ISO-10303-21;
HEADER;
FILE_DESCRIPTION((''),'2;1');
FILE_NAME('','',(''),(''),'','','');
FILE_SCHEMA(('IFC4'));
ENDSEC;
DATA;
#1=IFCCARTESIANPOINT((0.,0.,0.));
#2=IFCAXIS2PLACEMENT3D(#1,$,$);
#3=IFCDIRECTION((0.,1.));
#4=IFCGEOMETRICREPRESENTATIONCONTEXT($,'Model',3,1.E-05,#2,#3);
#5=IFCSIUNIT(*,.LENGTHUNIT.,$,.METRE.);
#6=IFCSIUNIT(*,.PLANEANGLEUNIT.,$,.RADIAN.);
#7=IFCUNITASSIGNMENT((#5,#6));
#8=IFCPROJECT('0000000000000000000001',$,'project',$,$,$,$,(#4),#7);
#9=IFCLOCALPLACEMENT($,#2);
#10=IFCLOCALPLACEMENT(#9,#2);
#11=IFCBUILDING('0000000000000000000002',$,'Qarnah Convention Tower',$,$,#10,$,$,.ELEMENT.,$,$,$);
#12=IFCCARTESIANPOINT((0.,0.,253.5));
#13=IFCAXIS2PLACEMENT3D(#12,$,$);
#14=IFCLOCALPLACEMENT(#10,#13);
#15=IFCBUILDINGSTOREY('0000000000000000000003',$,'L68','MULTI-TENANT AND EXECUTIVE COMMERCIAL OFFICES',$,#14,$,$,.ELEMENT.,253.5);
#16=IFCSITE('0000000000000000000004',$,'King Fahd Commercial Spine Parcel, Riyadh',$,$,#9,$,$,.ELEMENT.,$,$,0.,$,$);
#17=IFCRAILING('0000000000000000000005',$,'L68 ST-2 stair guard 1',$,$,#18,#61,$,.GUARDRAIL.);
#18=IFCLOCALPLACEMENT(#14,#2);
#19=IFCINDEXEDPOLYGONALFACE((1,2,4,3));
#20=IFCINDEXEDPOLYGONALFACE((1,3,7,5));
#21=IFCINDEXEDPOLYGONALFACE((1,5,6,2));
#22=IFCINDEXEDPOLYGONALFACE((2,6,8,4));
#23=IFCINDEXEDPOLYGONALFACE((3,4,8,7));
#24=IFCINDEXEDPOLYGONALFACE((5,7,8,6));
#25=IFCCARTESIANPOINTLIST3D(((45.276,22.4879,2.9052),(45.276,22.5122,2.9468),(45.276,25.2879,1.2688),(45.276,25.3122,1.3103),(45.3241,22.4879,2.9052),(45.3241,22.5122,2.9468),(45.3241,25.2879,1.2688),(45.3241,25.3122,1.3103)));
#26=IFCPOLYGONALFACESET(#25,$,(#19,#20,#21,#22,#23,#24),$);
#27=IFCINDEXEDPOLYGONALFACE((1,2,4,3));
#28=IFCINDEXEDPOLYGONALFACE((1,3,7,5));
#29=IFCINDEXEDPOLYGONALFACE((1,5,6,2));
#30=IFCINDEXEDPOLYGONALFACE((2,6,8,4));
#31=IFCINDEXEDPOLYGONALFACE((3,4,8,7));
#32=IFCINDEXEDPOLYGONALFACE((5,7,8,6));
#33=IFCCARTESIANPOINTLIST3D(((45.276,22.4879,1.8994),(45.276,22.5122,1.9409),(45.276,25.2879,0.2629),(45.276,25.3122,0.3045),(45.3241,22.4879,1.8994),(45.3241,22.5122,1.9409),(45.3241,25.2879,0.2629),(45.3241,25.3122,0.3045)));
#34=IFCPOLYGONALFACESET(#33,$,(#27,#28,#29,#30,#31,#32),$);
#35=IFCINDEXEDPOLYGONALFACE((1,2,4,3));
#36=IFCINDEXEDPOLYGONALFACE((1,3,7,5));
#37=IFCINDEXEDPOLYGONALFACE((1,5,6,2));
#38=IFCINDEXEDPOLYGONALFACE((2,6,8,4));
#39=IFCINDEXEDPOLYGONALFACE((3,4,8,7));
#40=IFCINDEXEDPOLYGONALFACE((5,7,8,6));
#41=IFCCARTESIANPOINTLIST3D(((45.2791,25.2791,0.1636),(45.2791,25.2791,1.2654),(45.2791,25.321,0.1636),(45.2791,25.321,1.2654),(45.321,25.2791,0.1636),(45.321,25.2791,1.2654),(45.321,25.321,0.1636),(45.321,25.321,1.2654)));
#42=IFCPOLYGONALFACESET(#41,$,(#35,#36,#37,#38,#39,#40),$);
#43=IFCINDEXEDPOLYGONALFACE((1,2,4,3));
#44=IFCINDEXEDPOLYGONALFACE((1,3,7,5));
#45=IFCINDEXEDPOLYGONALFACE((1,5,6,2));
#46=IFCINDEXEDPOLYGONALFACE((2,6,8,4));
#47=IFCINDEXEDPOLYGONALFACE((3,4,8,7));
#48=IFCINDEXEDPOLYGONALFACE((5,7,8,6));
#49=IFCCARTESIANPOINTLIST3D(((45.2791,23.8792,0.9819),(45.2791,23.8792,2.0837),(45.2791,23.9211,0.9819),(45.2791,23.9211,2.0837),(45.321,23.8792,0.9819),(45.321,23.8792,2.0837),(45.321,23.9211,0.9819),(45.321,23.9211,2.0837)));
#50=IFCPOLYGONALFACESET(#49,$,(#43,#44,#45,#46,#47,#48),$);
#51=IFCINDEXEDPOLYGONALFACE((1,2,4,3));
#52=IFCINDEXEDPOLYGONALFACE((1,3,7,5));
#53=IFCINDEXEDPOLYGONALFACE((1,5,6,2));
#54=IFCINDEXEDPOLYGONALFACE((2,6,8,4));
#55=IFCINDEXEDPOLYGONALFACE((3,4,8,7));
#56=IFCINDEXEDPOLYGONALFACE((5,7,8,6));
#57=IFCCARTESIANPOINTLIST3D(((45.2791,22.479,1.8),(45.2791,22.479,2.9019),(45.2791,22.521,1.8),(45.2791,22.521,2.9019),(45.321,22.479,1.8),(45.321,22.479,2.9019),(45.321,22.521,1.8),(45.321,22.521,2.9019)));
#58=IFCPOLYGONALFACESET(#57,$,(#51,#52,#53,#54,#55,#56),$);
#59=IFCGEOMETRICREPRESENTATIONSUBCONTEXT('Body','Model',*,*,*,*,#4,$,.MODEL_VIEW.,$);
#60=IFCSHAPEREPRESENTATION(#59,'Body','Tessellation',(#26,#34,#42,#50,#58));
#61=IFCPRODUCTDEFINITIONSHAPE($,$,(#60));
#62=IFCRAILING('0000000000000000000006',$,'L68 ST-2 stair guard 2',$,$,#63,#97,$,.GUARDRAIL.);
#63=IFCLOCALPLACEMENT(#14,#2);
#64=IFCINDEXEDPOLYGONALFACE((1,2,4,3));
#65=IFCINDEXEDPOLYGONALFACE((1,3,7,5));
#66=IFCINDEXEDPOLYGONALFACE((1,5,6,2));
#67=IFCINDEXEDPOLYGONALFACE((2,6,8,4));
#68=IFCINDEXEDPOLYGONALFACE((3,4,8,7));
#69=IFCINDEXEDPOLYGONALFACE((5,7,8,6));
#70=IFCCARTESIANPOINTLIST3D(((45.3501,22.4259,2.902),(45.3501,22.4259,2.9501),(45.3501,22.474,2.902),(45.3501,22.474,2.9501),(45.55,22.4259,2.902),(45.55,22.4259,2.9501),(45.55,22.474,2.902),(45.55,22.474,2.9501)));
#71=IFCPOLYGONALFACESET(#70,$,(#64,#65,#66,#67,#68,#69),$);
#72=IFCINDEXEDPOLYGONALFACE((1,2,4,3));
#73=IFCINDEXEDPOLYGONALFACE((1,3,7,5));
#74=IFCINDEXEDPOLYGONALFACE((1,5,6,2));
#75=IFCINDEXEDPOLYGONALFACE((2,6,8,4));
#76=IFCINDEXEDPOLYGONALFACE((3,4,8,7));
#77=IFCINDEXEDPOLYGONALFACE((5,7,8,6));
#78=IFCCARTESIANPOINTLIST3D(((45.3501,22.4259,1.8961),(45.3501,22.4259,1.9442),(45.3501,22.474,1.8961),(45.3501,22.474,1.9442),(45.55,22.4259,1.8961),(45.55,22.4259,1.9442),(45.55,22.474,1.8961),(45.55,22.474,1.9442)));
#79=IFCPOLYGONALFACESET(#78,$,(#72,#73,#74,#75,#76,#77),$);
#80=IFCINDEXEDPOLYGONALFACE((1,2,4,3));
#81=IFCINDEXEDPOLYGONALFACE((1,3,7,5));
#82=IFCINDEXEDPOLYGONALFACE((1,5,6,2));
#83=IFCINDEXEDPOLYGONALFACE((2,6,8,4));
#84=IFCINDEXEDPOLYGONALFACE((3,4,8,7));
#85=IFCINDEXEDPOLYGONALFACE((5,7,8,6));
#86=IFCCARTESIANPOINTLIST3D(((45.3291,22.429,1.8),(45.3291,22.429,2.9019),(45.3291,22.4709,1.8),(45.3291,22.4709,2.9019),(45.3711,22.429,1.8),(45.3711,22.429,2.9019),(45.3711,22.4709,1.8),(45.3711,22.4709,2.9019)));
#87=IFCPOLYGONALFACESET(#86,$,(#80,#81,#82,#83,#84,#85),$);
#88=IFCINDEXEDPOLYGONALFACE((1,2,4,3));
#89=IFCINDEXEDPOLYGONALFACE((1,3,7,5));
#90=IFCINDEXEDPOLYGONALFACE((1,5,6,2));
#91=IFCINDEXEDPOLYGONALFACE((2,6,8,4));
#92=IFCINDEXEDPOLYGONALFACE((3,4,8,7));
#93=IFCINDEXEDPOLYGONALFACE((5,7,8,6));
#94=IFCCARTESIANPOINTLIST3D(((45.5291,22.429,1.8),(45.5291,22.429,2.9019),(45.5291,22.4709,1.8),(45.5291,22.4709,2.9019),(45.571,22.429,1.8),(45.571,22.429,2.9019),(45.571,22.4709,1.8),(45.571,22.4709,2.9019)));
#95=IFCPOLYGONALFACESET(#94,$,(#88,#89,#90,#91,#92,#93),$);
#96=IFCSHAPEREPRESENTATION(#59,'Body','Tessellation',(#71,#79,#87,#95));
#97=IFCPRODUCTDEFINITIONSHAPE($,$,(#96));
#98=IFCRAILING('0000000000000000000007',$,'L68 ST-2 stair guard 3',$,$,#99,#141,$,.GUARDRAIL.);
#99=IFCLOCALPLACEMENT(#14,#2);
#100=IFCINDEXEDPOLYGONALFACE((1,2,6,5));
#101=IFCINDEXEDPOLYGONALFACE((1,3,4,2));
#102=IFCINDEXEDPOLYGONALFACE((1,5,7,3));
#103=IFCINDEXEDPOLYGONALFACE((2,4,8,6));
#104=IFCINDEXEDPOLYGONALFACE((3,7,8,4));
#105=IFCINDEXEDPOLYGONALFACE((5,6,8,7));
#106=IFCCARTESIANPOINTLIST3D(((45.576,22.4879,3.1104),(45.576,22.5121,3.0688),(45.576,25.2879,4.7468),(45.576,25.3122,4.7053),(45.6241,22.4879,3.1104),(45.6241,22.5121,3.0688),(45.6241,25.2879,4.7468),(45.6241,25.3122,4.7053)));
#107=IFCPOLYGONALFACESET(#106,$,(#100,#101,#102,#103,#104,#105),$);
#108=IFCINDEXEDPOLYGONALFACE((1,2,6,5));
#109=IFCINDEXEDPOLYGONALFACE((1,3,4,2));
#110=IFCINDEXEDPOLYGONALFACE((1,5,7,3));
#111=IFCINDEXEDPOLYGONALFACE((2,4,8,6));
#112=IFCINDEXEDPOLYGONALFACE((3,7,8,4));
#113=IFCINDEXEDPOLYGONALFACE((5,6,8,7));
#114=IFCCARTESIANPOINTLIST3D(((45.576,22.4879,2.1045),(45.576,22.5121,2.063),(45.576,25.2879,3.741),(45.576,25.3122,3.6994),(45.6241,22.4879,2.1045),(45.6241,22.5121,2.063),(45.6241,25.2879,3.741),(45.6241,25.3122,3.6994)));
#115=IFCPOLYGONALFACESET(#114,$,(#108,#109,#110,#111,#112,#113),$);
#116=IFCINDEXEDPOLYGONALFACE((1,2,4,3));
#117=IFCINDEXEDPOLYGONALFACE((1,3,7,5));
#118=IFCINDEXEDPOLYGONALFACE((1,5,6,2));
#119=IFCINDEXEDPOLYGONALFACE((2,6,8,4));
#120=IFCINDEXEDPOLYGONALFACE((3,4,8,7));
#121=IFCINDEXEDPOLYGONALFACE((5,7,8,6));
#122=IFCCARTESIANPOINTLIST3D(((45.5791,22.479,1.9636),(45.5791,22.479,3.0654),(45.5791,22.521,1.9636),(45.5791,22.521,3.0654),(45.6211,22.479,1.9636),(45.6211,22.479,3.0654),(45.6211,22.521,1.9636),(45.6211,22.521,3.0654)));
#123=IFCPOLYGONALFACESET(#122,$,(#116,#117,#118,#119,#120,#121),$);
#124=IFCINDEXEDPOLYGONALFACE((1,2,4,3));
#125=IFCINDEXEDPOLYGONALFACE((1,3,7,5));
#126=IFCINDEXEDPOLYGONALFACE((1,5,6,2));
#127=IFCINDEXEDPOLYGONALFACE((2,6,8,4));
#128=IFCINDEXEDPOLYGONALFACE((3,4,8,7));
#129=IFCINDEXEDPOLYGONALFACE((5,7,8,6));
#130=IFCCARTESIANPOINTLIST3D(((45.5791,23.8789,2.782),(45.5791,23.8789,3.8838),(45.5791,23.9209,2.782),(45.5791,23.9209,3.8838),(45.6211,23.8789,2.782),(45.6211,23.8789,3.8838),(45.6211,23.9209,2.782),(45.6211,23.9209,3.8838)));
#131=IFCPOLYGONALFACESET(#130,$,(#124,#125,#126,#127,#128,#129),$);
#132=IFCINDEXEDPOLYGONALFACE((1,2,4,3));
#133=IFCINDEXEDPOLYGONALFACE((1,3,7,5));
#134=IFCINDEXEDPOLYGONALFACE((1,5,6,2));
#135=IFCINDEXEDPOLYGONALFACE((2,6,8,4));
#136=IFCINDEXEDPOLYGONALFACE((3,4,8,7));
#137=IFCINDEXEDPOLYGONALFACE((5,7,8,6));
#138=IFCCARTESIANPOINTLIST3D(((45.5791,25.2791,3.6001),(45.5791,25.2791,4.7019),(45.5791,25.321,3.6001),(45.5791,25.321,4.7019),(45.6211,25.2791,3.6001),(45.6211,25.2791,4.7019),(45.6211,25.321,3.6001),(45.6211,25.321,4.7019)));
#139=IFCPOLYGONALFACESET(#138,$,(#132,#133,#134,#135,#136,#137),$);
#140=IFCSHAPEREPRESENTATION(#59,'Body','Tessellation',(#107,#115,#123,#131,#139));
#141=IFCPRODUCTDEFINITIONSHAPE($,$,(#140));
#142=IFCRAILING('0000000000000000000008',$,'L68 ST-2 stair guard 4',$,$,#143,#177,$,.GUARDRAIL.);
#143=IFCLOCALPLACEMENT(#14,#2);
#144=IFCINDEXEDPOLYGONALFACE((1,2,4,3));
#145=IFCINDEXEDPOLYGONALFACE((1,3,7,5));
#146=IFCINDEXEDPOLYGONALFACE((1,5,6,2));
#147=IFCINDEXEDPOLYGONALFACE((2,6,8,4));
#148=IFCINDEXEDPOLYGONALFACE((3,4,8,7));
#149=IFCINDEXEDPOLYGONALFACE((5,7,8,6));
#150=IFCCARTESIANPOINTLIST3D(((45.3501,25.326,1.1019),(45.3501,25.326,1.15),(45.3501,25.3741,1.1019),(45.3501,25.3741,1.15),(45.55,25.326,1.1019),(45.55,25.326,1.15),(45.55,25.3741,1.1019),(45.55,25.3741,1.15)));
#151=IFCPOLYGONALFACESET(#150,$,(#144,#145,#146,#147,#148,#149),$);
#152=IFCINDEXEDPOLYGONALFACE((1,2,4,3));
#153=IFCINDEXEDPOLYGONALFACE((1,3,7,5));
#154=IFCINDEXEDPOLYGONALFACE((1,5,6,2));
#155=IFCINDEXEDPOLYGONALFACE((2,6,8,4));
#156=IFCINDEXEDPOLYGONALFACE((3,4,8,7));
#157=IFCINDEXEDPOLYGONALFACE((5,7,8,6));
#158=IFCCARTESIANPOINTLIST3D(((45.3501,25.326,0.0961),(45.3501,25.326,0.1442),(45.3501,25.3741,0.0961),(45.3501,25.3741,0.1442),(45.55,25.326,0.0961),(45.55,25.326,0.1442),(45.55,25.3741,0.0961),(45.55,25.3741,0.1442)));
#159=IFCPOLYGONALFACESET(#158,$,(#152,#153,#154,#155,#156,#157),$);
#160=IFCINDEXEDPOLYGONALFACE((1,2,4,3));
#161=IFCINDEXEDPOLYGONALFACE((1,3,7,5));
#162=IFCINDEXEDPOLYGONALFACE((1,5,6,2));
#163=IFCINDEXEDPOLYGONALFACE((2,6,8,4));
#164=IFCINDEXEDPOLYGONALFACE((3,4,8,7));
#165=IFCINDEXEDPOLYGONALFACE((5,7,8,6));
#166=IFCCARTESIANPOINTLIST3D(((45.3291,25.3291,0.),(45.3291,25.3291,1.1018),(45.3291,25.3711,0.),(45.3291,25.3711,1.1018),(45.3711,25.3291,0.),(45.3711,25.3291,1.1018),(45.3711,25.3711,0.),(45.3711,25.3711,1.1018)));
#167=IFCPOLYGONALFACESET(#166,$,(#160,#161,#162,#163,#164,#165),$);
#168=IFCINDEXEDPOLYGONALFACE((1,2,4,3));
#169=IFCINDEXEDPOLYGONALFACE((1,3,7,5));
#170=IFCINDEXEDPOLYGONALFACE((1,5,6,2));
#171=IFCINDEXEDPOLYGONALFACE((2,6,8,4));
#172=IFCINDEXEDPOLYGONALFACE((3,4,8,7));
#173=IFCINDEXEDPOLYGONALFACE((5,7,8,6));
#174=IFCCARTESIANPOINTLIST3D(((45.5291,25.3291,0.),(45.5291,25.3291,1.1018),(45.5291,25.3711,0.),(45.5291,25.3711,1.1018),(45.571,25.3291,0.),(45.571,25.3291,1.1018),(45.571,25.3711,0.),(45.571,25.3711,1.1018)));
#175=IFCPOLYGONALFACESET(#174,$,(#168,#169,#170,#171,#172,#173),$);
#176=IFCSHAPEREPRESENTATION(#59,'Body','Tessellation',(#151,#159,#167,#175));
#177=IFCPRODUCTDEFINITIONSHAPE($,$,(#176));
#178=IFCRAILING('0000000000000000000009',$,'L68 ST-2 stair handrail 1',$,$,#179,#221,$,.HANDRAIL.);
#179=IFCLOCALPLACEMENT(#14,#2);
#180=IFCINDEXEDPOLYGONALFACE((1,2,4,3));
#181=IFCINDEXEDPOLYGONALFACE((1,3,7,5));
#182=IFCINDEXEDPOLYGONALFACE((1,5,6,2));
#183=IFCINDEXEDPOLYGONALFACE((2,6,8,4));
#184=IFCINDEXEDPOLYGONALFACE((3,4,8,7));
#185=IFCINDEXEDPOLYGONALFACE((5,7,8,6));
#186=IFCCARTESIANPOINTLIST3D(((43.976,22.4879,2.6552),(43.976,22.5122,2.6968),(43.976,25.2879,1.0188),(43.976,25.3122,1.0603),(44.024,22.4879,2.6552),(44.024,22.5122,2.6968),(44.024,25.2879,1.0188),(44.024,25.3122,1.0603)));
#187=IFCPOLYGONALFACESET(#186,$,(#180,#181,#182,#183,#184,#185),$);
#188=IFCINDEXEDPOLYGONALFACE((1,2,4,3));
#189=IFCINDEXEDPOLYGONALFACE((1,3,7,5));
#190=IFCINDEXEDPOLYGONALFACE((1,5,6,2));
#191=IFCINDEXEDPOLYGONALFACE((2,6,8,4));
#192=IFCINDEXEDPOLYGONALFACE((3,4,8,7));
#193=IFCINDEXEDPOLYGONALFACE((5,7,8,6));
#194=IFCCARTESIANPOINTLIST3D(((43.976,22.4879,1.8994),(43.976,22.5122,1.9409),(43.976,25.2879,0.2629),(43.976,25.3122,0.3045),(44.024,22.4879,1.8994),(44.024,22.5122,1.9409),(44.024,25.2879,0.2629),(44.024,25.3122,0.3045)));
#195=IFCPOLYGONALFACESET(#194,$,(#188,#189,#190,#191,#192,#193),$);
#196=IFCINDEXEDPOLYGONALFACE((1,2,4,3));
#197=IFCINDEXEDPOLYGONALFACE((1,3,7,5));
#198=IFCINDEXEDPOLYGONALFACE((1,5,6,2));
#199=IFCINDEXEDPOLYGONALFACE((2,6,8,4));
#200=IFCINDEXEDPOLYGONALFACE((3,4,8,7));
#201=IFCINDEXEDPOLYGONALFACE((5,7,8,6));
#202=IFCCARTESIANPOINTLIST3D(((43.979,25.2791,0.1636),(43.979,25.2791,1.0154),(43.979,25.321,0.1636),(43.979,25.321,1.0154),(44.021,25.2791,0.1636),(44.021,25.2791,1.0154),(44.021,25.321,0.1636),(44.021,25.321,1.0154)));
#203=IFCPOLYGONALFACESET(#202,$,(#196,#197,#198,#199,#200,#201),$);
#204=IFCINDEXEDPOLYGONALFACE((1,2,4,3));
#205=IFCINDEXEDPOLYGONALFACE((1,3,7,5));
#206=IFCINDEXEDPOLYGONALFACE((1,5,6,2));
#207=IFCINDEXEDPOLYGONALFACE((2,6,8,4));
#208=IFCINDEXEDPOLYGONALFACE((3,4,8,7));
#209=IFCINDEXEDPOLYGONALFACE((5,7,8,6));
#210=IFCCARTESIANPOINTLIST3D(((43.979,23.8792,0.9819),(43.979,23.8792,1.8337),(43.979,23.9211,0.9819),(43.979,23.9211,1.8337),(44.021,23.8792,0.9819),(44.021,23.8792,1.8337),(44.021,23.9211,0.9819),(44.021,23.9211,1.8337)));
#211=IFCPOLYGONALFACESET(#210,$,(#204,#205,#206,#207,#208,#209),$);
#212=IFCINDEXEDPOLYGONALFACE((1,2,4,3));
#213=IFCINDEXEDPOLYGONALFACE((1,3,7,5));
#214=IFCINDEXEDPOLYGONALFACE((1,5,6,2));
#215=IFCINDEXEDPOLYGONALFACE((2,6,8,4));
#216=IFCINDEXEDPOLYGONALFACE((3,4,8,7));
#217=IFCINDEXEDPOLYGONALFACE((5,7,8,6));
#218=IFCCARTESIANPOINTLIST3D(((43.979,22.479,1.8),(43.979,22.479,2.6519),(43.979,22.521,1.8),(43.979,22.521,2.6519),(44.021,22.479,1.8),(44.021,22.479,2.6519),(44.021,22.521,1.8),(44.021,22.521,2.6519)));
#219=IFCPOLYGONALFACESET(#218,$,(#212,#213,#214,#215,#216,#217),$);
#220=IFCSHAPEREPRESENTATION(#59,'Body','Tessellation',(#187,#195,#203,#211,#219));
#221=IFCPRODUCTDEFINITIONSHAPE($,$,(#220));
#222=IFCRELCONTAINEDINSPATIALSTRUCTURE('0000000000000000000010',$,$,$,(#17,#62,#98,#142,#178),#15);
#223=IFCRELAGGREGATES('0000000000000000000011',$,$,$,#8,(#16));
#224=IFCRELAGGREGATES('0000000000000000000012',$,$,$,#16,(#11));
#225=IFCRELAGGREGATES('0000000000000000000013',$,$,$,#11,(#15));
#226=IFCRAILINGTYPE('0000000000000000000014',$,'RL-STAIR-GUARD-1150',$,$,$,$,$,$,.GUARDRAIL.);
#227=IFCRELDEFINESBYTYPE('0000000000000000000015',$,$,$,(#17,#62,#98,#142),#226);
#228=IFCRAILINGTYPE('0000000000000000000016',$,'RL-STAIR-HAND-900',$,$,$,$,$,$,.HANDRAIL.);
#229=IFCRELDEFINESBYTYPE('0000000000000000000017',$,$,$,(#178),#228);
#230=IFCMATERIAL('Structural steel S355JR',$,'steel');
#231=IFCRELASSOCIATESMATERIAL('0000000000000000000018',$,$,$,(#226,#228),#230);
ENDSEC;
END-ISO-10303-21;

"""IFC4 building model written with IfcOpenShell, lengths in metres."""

from ifc_helpers import new_model, si_unit, direction, frame, origin, origin_2d, place, context, subcontext, project, spatial, rectangle, extrude, material, type_object, element, save


model = new_model("IFC4")

# Units and contexts
model_context = context("Model", 3, precision=1e-05, world=origin(), true_north=direction((0.0, 1.0)))
body_context = subcontext(model_context, "Body", "Model", "MODEL_VIEW")
ifc_project = project(units=[si_unit("LENGTHUNIT", "METRE"), si_unit("PLANEANGLEUNIT", "RADIAN")], contexts=[model_context])

# Site, building, storey
site_placement = place(None, origin())
site = spatial("IfcSite", under=ifc_project, at=site_placement, Name="King Fahd Commercial Spine Parcel, Riyadh", CompositionType="ELEMENT", RefElevation=0.0)
building_placement = place(site_placement, origin())
building = spatial("IfcBuilding", under=site, at=building_placement, Name="Qarnah Convention Tower", CompositionType="ELEMENT")
storey_placement = place(building_placement, frame((0.0, 0.0, 253.5)))
storey = spatial("IfcBuildingStorey", under=building, at=storey_placement, Name="L68", Description="MULTI-TENANT AND EXECUTIVE COMMERCIAL OFFICES", CompositionType="ELEMENT", Elevation=253.5)

# Shared definitions
ifc_material_1 = material(Name="Structural steel S355JR", Category="steel")

# Railings
railing_type_1 = type_object("IfcRailingType", Name="RL-STAIR-GUARD-1150", PredefinedType="GUARDRAIL", material=ifc_material_1)
railing_1_placement = place(storey_placement, frame((45.3, 25.3, 0.1636)))
element("IfcRailing", 1, at=railing_1_placement, inside=storey, type_object=railing_type_1, Name="L68 ST-2 stair guard 1", PredefinedType="GUARDRAIL", context=body_context, shape_type="SweptSolid", body=[
    extrude(rectangle(XDim=0.0481, YDim=0.0481, at=origin_2d()), frame((0.0, 0.0, 1.126), z_axis=(0.0, -0.863361, 0.504587), x_axis=(1.0, 0.0, 0.0)), (0.0, 0.0, 1.0), 3.2432),
    extrude(rectangle(XDim=0.0481, YDim=0.0481, at=origin_2d()), frame((0.0, 0.0, 0.1201), z_axis=(0.0, -0.863361, 0.504587), x_axis=(1.0, 0.0, 0.0)), (0.0, 0.0, 1.0), 3.2432),
    extrude(rectangle(XDim=0.042, YDim=0.042, at=origin_2d()), origin(), (0.0, 0.0, 1.0), 1.1018),
    extrude(rectangle(XDim=0.042, YDim=0.042, at=origin_2d()), frame((0.0, -1.3999, 0.8184)), (0.0, 0.0, 1.0), 1.1018),
    extrude(rectangle(XDim=0.042, YDim=0.042, at=origin_2d()), frame((0.0, -2.8, 1.6365)), (0.0, 0.0, 1.0), 1.1018),
])
railing_2_placement = place(storey_placement, frame((45.3501, 22.45, 1.8)))
element("IfcRailing", 2, at=railing_2_placement, inside=storey, type_object=railing_type_1, Name="L68 ST-2 stair guard 2", PredefinedType="GUARDRAIL", context=body_context, shape_type="SweptSolid", body=[
    extrude(rectangle(XDim=0.0481, YDim=0.0481, at=origin_2d()), frame((0.0, 0.0, 1.126), z_axis=(1.0, 0.0, 0.0), x_axis=(0.0, 1.0, 0.0)), (0.0, 0.0, 1.0), 0.2),
    extrude(rectangle(XDim=0.0481, YDim=0.0481, at=origin_2d()), frame((0.0, 0.0, 0.1201), z_axis=(1.0, 0.0, 0.0), x_axis=(0.0, 1.0, 0.0)), (0.0, 0.0, 1.0), 0.2),
    extrude(rectangle(XDim=0.042, YDim=0.042, at=origin_2d()), origin(), (0.0, 0.0, 1.0), 1.1018),
    extrude(rectangle(XDim=0.042, YDim=0.042, at=origin_2d()), frame((0.2, 0.0, 0.0)), (0.0, 0.0, 1.0), 1.1018),
])
railing_3_placement = place(storey_placement, frame((45.6001, 22.5, 1.9636)))
element("IfcRailing", 3, at=railing_3_placement, inside=storey, type_object=railing_type_1, Name="L68 ST-2 stair guard 3", PredefinedType="GUARDRAIL", context=body_context, shape_type="SweptSolid", body=[
    extrude(rectangle(XDim=0.0481, YDim=0.0481, at=origin_2d()), frame((0.0, 0.0, 1.126), z_axis=(0.0, 0.863361, 0.504587), x_axis=(-1.0, 0.0, 0.0)), (0.0, 0.0, 1.0), 3.2432),
    extrude(rectangle(XDim=0.0481, YDim=0.0481, at=origin_2d()), frame((0.0, 0.0, 0.1201), z_axis=(0.0, 0.863361, 0.504587), x_axis=(-1.0, 0.0, 0.0)), (0.0, 0.0, 1.0), 3.2432),
    extrude(rectangle(XDim=0.042, YDim=0.042, at=origin_2d()), origin(), (0.0, 0.0, 1.0), 1.1018),
    extrude(rectangle(XDim=0.042, YDim=0.042, at=origin_2d()), frame((0.0, 1.3999, 0.8184)), (0.0, 0.0, 1.0), 1.1018),
    extrude(rectangle(XDim=0.042, YDim=0.042, at=origin_2d()), frame((0.0, 2.8, 1.6365)), (0.0, 0.0, 1.0), 1.1018),
])
railing_4_placement = place(storey_placement, frame((45.3501, 25.3501, 0.0)))
element("IfcRailing", 4, at=railing_4_placement, inside=storey, type_object=railing_type_1, Name="L68 ST-2 stair guard 4", PredefinedType="GUARDRAIL", context=body_context, shape_type="SweptSolid", body=[
    extrude(rectangle(XDim=0.0481, YDim=0.0481, at=origin_2d()), frame((0.0, 0.0, 1.126), z_axis=(1.0, 0.0, 0.0), x_axis=(0.0, 1.0, 0.0)), (0.0, 0.0, 1.0), 0.2),
    extrude(rectangle(XDim=0.0481, YDim=0.0481, at=origin_2d()), frame((0.0, 0.0, 0.1201), z_axis=(1.0, 0.0, 0.0), x_axis=(0.0, 1.0, 0.0)), (0.0, 0.0, 1.0), 0.2),
    extrude(rectangle(XDim=0.042, YDim=0.042, at=origin_2d()), origin(), (0.0, 0.0, 1.0), 1.1018),
    extrude(rectangle(XDim=0.042, YDim=0.042, at=origin_2d()), frame((0.2, 0.0, 0.0)), (0.0, 0.0, 1.0), 1.1018),
])
railing_type_2 = type_object("IfcRailingType", Name="RL-STAIR-HAND-900", PredefinedType="HANDRAIL", material=ifc_material_1)
railing_5_placement = place(storey_placement, frame((44.0, 25.3, 0.1636)))
element("IfcRailing", 5, at=railing_5_placement, inside=storey, type_object=railing_type_2, Name="L68 ST-2 stair handrail 1", PredefinedType="HANDRAIL", context=body_context, shape_type="SweptSolid", body=[
    extrude(rectangle(XDim=0.0481, YDim=0.0481, at=origin_2d()), frame((0.0, 0.0, 0.876), z_axis=(0.0, -0.863361, 0.504587), x_axis=(1.0, 0.0, 0.0)), (0.0, 0.0, 1.0), 3.2432),
    extrude(rectangle(XDim=0.0481, YDim=0.0481, at=origin_2d()), frame((0.0, 0.0, 0.1201), z_axis=(0.0, -0.863361, 0.504587), x_axis=(1.0, 0.0, 0.0)), (0.0, 0.0, 1.0), 3.2432),
    extrude(rectangle(XDim=0.042, YDim=0.042, at=origin_2d()), origin(), (0.0, 0.0, 1.0), 0.8518),
    extrude(rectangle(XDim=0.042, YDim=0.042, at=origin_2d()), frame((0.0, -1.3999, 0.8184)), (0.0, 0.0, 1.0), 0.8518),
    extrude(rectangle(XDim=0.042, YDim=0.042, at=origin_2d()), frame((0.0, -2.8, 1.6365)), (0.0, 0.0, 1.0), 0.8518),
])

save(model, "model.ifc")
